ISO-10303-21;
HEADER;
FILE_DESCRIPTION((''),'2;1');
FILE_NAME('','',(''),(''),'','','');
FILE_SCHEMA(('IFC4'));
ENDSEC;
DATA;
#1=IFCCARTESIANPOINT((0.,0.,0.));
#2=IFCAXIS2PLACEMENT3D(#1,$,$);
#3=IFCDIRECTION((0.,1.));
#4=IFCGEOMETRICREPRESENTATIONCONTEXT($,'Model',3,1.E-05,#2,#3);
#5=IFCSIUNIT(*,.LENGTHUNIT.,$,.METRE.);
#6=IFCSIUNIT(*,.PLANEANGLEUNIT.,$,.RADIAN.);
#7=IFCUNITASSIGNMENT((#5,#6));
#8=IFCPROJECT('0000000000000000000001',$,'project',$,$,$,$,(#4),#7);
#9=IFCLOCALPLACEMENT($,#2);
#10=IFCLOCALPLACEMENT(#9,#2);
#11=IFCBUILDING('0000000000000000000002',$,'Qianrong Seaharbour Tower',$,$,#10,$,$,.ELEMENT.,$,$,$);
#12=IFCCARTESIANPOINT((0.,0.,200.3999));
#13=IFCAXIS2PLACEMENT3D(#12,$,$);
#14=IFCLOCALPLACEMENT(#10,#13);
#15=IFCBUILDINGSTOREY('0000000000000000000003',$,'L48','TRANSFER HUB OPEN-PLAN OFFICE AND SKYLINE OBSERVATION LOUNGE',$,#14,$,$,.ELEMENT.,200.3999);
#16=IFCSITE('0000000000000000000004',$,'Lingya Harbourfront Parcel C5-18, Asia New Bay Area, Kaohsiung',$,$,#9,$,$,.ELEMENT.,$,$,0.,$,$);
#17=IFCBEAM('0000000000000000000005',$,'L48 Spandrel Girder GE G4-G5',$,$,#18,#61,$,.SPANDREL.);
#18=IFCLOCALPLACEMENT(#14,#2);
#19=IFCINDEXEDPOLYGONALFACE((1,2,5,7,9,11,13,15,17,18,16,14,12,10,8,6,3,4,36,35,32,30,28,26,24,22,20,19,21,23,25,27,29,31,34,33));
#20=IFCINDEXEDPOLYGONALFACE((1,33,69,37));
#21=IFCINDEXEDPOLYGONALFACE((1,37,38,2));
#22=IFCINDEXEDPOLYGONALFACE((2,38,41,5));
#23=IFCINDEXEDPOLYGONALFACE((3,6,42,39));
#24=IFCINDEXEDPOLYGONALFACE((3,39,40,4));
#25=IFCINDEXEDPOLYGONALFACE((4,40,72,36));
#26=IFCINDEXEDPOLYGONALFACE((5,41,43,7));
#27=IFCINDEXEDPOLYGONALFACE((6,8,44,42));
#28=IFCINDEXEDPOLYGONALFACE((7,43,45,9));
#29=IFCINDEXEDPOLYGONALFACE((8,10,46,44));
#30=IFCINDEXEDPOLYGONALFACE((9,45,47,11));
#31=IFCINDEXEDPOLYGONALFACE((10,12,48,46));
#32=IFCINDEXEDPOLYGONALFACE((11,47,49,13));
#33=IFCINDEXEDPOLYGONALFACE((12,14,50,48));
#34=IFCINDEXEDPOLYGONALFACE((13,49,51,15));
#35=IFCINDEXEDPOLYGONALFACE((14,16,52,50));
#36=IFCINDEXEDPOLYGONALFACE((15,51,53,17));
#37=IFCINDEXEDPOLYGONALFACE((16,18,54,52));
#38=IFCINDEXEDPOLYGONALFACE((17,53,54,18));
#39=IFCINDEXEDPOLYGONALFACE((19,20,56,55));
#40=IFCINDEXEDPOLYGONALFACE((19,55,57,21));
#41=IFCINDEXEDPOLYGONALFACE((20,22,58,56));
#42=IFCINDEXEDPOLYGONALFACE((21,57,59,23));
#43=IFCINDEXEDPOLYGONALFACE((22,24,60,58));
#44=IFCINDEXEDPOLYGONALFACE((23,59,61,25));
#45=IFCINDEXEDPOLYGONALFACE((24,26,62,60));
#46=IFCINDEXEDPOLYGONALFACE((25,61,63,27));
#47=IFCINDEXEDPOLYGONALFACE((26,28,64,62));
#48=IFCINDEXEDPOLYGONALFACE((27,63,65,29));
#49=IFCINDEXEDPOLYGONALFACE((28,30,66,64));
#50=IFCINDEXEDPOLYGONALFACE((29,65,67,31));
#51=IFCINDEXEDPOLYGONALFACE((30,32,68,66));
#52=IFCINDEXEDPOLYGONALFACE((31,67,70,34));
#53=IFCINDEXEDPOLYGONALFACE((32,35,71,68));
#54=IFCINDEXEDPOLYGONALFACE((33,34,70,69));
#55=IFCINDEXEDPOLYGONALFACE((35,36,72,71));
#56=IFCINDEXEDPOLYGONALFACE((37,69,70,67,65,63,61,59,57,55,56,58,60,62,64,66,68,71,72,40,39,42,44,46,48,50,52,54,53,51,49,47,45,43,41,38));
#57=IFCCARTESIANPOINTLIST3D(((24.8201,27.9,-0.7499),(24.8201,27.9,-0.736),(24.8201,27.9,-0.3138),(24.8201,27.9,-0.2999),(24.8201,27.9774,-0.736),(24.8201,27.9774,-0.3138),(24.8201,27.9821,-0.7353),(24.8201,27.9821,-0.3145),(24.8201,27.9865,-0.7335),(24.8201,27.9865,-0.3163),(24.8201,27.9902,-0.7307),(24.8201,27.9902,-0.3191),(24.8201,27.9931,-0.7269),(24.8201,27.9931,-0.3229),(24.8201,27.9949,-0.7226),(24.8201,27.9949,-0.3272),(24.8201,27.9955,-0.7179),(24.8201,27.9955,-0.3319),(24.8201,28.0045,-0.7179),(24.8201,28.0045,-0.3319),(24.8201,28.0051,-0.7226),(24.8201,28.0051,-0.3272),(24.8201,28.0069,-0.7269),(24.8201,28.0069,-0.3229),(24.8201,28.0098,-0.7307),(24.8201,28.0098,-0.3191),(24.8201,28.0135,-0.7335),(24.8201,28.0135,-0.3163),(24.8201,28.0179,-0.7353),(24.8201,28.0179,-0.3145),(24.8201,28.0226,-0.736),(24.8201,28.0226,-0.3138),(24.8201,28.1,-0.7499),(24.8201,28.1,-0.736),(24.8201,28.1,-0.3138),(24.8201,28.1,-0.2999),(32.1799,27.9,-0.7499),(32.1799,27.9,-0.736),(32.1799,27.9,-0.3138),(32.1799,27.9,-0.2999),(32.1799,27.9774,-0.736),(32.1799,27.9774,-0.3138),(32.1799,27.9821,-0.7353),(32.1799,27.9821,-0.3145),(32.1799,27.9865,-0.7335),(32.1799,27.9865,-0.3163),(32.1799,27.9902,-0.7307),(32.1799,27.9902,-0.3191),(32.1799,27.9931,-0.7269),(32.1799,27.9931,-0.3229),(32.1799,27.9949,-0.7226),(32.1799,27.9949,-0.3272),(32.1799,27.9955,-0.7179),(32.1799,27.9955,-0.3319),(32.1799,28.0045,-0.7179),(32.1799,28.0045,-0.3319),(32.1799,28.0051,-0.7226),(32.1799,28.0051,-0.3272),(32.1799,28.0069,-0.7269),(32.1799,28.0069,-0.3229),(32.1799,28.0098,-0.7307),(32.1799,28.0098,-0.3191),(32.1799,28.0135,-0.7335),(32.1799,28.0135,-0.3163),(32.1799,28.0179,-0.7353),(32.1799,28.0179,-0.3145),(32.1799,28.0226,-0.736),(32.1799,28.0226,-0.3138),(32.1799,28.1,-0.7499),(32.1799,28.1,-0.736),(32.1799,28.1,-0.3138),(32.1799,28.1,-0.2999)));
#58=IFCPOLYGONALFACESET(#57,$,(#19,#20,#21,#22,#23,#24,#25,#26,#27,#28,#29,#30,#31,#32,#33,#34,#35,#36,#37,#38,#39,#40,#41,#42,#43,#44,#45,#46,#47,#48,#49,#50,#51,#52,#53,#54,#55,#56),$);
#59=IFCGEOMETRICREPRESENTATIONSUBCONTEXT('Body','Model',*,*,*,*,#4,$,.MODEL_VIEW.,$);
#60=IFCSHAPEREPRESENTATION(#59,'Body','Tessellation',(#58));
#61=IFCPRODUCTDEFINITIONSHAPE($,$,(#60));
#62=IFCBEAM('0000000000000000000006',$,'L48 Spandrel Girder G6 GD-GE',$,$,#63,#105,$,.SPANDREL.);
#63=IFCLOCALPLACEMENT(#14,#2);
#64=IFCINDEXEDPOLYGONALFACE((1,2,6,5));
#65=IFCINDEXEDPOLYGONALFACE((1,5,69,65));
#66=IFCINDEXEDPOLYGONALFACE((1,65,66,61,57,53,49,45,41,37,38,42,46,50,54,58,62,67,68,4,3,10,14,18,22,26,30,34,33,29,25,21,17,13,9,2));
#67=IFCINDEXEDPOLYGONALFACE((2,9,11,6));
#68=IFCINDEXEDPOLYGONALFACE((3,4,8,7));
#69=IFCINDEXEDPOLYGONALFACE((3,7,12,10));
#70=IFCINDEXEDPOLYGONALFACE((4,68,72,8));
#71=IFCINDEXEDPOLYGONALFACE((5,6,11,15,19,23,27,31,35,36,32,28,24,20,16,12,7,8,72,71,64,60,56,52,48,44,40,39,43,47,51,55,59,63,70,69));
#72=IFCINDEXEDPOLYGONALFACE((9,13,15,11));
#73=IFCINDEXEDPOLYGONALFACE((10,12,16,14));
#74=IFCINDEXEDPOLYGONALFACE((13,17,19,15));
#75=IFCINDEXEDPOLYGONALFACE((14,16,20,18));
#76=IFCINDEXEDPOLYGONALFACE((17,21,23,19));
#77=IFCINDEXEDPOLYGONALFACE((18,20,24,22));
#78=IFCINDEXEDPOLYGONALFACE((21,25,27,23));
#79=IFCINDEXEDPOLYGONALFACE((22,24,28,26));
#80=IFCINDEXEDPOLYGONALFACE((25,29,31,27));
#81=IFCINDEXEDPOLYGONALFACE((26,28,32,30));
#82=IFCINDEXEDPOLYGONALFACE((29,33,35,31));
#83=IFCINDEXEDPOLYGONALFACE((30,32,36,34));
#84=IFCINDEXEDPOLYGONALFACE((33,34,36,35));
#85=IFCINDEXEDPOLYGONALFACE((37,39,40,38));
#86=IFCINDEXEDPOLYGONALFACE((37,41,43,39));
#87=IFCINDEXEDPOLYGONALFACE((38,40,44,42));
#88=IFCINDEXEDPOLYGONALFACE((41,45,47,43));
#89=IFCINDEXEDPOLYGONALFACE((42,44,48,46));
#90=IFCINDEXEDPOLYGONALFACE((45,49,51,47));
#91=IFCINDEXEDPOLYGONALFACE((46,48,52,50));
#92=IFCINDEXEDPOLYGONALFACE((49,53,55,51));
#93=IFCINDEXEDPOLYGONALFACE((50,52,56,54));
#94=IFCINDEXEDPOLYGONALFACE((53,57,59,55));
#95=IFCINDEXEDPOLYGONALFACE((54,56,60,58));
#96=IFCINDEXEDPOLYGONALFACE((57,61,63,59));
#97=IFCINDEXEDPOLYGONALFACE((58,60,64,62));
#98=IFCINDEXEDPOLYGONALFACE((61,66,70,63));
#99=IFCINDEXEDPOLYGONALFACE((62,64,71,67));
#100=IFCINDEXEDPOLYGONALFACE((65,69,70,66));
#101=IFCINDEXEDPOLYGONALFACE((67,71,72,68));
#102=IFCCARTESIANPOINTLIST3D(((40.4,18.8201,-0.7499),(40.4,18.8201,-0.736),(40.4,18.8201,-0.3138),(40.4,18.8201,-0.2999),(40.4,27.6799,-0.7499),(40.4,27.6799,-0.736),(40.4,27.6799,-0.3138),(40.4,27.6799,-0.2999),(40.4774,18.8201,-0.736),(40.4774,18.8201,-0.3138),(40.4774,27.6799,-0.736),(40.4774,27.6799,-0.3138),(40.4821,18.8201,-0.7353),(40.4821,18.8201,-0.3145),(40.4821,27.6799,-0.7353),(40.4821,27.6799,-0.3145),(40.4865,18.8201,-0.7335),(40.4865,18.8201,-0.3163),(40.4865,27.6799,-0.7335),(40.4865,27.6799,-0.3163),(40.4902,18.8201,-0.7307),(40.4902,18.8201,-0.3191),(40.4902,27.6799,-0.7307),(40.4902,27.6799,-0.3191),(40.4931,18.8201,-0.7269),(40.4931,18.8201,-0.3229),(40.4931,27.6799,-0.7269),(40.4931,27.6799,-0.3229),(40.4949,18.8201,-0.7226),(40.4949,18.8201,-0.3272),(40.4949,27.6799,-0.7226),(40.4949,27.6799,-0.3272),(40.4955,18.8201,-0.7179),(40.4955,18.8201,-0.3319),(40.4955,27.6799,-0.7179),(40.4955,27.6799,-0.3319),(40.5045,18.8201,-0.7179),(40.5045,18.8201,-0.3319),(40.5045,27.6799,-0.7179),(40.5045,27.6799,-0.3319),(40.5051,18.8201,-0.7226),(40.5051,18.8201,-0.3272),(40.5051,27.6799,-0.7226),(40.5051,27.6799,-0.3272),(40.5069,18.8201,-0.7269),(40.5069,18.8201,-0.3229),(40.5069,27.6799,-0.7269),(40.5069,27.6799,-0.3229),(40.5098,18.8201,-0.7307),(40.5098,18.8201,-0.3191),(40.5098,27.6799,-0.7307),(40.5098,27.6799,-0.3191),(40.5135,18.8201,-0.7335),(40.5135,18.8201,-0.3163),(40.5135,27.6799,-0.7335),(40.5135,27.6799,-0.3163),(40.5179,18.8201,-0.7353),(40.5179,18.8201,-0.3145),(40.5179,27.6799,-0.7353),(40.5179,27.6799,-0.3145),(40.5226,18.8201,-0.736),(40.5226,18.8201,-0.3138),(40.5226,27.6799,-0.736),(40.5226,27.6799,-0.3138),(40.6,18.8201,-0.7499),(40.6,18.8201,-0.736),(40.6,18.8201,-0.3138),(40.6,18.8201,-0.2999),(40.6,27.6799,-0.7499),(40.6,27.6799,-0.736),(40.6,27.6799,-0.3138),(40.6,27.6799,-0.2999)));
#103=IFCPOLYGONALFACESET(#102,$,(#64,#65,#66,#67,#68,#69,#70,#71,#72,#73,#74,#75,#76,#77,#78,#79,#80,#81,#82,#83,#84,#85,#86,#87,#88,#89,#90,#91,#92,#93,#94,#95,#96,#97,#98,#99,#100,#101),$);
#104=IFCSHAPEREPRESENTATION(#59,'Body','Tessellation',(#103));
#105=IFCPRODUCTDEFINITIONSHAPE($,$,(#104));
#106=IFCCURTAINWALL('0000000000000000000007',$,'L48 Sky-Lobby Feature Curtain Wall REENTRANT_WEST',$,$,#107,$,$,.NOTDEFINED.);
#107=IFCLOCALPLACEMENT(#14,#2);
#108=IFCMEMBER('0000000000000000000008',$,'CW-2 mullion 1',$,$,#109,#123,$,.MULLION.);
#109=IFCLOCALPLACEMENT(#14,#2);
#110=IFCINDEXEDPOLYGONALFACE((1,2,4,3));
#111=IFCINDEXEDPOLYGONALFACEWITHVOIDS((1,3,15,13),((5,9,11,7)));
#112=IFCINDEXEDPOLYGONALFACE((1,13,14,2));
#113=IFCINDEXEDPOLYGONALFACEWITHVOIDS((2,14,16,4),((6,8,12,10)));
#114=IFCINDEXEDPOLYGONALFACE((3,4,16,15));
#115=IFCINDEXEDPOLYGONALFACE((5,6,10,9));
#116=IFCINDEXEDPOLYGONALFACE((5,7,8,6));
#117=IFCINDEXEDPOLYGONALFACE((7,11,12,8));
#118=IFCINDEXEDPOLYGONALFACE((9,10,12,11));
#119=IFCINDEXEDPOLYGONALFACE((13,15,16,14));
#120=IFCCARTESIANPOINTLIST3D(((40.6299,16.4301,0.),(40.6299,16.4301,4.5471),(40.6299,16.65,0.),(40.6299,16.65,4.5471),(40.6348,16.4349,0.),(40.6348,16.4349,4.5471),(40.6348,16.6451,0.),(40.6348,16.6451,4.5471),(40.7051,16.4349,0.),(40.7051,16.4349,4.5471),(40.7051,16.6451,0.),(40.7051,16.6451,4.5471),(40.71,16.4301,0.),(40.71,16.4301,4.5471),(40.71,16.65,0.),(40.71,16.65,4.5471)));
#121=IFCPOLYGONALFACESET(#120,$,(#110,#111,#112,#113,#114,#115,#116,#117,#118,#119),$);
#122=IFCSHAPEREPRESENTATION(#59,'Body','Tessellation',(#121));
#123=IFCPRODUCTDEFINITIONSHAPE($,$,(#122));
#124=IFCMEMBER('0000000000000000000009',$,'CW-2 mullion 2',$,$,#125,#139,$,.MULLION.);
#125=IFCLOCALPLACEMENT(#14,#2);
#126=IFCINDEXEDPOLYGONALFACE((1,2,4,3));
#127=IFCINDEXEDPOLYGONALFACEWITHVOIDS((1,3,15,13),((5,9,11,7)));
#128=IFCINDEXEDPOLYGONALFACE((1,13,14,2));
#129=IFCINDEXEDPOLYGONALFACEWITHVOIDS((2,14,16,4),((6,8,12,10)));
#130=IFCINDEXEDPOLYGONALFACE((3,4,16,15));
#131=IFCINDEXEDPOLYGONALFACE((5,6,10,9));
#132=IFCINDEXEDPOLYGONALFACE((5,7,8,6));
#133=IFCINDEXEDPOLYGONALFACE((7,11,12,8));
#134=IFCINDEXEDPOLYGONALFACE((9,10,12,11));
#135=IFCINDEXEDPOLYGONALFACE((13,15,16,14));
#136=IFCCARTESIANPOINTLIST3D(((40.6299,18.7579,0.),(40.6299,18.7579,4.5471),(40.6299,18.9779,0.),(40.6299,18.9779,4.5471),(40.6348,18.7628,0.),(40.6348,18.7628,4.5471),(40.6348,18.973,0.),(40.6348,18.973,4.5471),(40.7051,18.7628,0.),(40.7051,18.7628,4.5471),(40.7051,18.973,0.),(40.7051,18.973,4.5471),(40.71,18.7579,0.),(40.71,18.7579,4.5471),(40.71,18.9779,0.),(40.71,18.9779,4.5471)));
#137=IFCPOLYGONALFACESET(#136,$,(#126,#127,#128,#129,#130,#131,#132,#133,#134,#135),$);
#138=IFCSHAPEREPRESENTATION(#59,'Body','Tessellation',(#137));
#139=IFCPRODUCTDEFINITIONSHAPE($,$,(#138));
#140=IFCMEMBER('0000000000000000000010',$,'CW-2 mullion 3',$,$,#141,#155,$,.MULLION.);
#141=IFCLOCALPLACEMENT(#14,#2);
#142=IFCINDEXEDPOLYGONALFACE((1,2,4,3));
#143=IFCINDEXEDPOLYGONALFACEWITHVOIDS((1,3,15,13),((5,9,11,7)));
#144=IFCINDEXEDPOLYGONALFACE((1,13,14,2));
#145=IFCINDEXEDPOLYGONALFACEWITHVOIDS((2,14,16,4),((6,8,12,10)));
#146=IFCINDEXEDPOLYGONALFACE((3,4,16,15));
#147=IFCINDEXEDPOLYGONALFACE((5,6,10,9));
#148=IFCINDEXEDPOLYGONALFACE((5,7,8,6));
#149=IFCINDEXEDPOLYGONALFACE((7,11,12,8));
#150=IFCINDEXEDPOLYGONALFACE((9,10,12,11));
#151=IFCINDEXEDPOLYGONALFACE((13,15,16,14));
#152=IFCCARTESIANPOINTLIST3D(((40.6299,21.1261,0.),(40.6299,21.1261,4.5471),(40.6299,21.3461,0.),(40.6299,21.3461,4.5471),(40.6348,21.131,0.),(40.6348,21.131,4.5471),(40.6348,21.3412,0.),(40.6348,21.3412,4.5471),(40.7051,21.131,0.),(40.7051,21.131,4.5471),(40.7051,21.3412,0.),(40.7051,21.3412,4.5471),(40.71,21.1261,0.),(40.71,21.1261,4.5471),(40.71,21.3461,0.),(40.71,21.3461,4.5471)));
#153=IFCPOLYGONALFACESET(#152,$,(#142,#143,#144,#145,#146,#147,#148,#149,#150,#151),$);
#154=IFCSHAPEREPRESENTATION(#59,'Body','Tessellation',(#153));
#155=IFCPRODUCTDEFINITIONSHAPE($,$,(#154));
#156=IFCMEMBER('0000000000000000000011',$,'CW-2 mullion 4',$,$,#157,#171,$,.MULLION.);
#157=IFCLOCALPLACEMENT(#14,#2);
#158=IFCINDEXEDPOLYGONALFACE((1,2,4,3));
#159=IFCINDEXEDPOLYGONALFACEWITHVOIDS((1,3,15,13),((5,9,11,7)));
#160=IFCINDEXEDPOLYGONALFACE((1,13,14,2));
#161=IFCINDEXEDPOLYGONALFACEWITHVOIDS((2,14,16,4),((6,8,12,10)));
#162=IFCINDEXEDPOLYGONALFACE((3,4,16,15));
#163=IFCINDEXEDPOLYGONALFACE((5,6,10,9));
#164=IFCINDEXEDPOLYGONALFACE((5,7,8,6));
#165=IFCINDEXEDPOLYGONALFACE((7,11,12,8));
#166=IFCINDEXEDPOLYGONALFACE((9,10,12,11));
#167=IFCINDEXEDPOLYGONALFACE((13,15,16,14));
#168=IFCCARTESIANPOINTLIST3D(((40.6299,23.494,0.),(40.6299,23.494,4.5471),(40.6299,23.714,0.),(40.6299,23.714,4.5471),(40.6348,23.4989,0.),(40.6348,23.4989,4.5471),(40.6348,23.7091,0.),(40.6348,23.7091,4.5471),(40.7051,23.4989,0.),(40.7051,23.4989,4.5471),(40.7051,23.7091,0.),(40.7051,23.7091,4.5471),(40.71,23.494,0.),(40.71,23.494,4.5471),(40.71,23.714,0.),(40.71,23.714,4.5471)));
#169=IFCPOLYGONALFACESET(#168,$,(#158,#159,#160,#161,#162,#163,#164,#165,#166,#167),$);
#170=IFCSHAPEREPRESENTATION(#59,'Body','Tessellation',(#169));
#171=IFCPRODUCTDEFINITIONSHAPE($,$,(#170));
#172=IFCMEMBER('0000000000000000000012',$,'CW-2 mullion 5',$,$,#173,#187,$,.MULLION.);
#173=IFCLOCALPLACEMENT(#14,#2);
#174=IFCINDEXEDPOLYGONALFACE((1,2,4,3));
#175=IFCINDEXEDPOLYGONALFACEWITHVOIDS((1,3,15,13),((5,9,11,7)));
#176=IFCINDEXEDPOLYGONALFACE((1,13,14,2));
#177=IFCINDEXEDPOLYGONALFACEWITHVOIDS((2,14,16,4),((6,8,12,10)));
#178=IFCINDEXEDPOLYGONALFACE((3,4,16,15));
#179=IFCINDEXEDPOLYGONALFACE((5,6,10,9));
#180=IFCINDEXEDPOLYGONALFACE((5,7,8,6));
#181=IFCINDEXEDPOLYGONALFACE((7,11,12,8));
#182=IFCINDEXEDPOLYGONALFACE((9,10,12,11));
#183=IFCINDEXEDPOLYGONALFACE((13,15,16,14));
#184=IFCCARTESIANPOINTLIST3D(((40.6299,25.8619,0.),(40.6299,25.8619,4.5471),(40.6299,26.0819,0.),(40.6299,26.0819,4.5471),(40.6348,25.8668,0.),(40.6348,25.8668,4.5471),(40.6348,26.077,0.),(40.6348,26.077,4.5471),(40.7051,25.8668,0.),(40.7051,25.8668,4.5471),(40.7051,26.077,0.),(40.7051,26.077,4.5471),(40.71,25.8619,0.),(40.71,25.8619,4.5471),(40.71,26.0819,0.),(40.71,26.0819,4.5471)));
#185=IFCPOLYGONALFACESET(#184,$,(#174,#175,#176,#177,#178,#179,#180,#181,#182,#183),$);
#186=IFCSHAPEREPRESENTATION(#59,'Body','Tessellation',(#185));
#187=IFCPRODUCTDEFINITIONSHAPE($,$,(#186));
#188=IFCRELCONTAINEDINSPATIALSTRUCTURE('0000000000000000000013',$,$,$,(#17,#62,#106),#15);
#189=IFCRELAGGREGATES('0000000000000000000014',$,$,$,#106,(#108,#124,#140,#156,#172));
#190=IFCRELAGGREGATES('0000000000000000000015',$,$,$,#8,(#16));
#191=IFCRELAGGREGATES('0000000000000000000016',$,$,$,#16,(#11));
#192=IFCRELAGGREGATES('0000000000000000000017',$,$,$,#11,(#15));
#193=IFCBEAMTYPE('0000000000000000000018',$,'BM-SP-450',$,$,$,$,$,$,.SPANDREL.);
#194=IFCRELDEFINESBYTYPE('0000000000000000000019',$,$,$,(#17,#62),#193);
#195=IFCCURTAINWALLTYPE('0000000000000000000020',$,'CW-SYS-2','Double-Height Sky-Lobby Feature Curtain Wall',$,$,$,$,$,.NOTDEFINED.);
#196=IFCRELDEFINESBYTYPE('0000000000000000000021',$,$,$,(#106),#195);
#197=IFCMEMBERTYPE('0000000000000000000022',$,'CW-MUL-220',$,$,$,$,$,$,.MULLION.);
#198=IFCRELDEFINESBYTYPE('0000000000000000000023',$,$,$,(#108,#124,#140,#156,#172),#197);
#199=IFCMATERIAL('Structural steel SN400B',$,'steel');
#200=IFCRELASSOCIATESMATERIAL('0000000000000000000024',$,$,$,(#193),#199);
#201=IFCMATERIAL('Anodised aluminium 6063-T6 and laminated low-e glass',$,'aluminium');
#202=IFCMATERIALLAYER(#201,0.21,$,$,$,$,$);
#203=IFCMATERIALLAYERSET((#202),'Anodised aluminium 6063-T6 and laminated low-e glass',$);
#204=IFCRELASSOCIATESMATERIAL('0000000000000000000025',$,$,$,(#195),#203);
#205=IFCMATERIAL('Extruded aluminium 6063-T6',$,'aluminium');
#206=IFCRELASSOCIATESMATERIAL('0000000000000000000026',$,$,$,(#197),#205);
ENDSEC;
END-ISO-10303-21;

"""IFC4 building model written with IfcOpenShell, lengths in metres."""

from ifc_helpers import new_model, si_unit, direction, frame, origin, origin_2d, place, context, subcontext, project, spatial, hollow_rectangle, i_section, extrude, material, layer, layer_set, material_profile, profile_set, type_object, element, aggregate, save


model = new_model("IFC4")

# Units and contexts
model_context = context("Model", 3, precision=1e-05, world=origin(), true_north=direction((0.0, 1.0)))
body_context = subcontext(model_context, "Body", "Model", "MODEL_VIEW")
ifc_project = project(units=[si_unit("LENGTHUNIT", "METRE"), si_unit("PLANEANGLEUNIT", "RADIAN")], contexts=[model_context])

# Site, building, storey
site_placement = place(None, origin())
site = spatial("IfcSite", under=ifc_project, at=site_placement, Name="Lingya Harbourfront Parcel C5-18, Asia New Bay Area, Kaohsiung", CompositionType="ELEMENT", RefElevation=0.0)
building_placement = place(site_placement, origin())
building = spatial("IfcBuilding", under=site, at=building_placement, Name="Qianrong Seaharbour Tower", CompositionType="ELEMENT")
storey_placement = place(building_placement, frame((0.0, 0.0, 200.3999)))
storey = spatial("IfcBuildingStorey", under=building, at=storey_placement, Name="L48", Description="TRANSFER HUB OPEN-PLAN OFFICE AND SKYLINE OBSERVATION LOUNGE", CompositionType="ELEMENT", Elevation=200.3999)

# Beams
ifc_material_1 = material(Name="Structural steel SN400B", Category="steel")
ifc_material_profile_1 = material_profile(ifc_material_1, i_section(OverallWidth=0.2, OverallDepth=0.45, WebThickness=0.009, FlangeThickness=0.0139, FilletRadius=0.0181, at=origin_2d()), Name="H450x200x9x14")
ifc_profile_set_1 = profile_set([ifc_material_profile_1], Name="Structural steel SN400B")
beam_type_1 = type_object("IfcBeamType", Name="BM-SP-450", PredefinedType="SPANDREL", material=ifc_profile_set_1)
beam_1_placement = place(storey_placement, frame((24.8201, 28.0, -0.5249), z_axis=(1.0, 0.0, 0.0), x_axis=(0.0, 1.0, 0.0)))
element("IfcBeam", 1, at=beam_1_placement, inside=storey, type_object=beam_type_1, Name="L48 Spandrel Girder GE G4-G5", PredefinedType="SPANDREL", context=body_context, shape_type="SweptSolid", body=[
    extrude(i_section(OverallWidth=0.2, OverallDepth=0.45, WebThickness=0.009, FlangeThickness=0.0139, FilletRadius=0.0181, at=origin_2d()), origin(), (0.0, 0.0, 1.0), 7.3599),
])
beam_2_placement = place(storey_placement, frame((40.5, 18.8201, -0.5249), z_axis=(0.0, 1.0, 0.0), x_axis=(-1.0, 0.0, 0.0)))
element("IfcBeam", 2, at=beam_2_placement, inside=storey, type_object=beam_type_1, Name="L48 Spandrel Girder G6 GD-GE", PredefinedType="SPANDREL", context=body_context, shape_type="SweptSolid", body=[
    extrude(i_section(OverallWidth=0.2, OverallDepth=0.45, WebThickness=0.009, FlangeThickness=0.0139, FilletRadius=0.0181, at=origin_2d()), origin(), (0.0, 0.0, 1.0), 8.8599),
])

# Curtain wall, members
ifc_material_2 = material(Name="Anodised aluminium 6063-T6 and laminated low-e glass", Category="aluminium")
ifc_layer_1 = layer(ifc_material_2, 0.21)
ifc_layer_set_1 = layer_set([ifc_layer_1], Name="Anodised aluminium 6063-T6 and laminated low-e glass")
curtain_wall_type = type_object("IfcCurtainWallType", Name="CW-SYS-2", Description="Double-Height Sky-Lobby Feature Curtain Wall", PredefinedType="NOTDEFINED", material=ifc_layer_set_1)
curtain_wall_placement = place(storey_placement, origin())
curtain_wall = element("IfcCurtainWall", 3, at=curtain_wall_placement, inside=storey, type_object=curtain_wall_type, Name="L48 Sky-Lobby Feature Curtain Wall REENTRANT_WEST", PredefinedType="NOTDEFINED")
ifc_material_3 = material(Name="Extruded aluminium 6063-T6", Category="aluminium")
ifc_material_profile_2 = material_profile(ifc_material_3, hollow_rectangle(XDim=0.0801, YDim=0.22, WallThickness=0.0049, at=origin_2d()), Name="ALU-MUL-220x80x5")
ifc_profile_set_2 = profile_set([ifc_material_profile_2], Name="Extruded aluminium 6063-T6")
member_type_1 = type_object("IfcMemberType", Name="CW-MUL-220", PredefinedType="MULLION", material=ifc_profile_set_2)
member_1_placement = place(storey_placement, frame((40.6699, 16.54, 0.0), z_axis=(0.0, 0.0, 1.0), x_axis=(-1.0, 0.0, 0.0)))
member_1 = element("IfcMember", 4, at=member_1_placement, type_object=member_type_1, Name="CW-2 mullion 1", PredefinedType="MULLION", context=body_context, shape_type="SweptSolid", body=[
    extrude(hollow_rectangle(XDim=0.0801, YDim=0.22, WallThickness=0.0049, at=origin_2d()), origin(), (0.0, 0.0, 1.0), 4.5471),
])
member_2_placement = place(storey_placement, frame((40.6699, 18.8679, 0.0), z_axis=(0.0, 0.0, 1.0), x_axis=(-1.0, 0.0, 0.0)))
member_2 = element("IfcMember", 5, at=member_2_placement, type_object=member_type_1, Name="CW-2 mullion 2", PredefinedType="MULLION", context=body_context, shape_type="SweptSolid", body=[
    extrude(hollow_rectangle(XDim=0.0801, YDim=0.22, WallThickness=0.0049, at=origin_2d()), origin(), (0.0, 0.0, 1.0), 4.5471),
])
member_3_placement = place(storey_placement, frame((40.6699, 21.2361, 0.0), z_axis=(0.0, 0.0, 1.0), x_axis=(-1.0, 0.0, 0.0)))
member_3 = element("IfcMember", 6, at=member_3_placement, type_object=member_type_1, Name="CW-2 mullion 3", PredefinedType="MULLION", context=body_context, shape_type="SweptSolid", body=[
    extrude(hollow_rectangle(XDim=0.0801, YDim=0.22, WallThickness=0.0049, at=origin_2d()), origin(), (0.0, 0.0, 1.0), 4.5471),
])
member_4_placement = place(storey_placement, frame((40.6699, 23.604, 0.0), z_axis=(0.0, 0.0, 1.0), x_axis=(-1.0, 0.0, 0.0)))
member_4 = element("IfcMember", 7, at=member_4_placement, type_object=member_type_1, Name="CW-2 mullion 4", PredefinedType="MULLION", context=body_context, shape_type="SweptSolid", body=[
    extrude(hollow_rectangle(XDim=0.0801, YDim=0.22, WallThickness=0.0049, at=origin_2d()), origin(), (0.0, 0.0, 1.0), 4.5471),
])
member_5_placement = place(storey_placement, frame((40.6699, 25.9719, 0.0), z_axis=(0.0, 0.0, 1.0), x_axis=(-1.0, 0.0, 0.0)))
member_5 = element("IfcMember", 8, at=member_5_placement, type_object=member_type_1, Name="CW-2 mullion 5", PredefinedType="MULLION", context=body_context, shape_type="SweptSolid", body=[
    extrude(hollow_rectangle(XDim=0.0801, YDim=0.22, WallThickness=0.0049, at=origin_2d()), origin(), (0.0, 0.0, 1.0), 4.5471),
])
aggregate(curtain_wall, [member_1, member_2, member_3, member_4, member_5])

save(model, "model.ifc")
